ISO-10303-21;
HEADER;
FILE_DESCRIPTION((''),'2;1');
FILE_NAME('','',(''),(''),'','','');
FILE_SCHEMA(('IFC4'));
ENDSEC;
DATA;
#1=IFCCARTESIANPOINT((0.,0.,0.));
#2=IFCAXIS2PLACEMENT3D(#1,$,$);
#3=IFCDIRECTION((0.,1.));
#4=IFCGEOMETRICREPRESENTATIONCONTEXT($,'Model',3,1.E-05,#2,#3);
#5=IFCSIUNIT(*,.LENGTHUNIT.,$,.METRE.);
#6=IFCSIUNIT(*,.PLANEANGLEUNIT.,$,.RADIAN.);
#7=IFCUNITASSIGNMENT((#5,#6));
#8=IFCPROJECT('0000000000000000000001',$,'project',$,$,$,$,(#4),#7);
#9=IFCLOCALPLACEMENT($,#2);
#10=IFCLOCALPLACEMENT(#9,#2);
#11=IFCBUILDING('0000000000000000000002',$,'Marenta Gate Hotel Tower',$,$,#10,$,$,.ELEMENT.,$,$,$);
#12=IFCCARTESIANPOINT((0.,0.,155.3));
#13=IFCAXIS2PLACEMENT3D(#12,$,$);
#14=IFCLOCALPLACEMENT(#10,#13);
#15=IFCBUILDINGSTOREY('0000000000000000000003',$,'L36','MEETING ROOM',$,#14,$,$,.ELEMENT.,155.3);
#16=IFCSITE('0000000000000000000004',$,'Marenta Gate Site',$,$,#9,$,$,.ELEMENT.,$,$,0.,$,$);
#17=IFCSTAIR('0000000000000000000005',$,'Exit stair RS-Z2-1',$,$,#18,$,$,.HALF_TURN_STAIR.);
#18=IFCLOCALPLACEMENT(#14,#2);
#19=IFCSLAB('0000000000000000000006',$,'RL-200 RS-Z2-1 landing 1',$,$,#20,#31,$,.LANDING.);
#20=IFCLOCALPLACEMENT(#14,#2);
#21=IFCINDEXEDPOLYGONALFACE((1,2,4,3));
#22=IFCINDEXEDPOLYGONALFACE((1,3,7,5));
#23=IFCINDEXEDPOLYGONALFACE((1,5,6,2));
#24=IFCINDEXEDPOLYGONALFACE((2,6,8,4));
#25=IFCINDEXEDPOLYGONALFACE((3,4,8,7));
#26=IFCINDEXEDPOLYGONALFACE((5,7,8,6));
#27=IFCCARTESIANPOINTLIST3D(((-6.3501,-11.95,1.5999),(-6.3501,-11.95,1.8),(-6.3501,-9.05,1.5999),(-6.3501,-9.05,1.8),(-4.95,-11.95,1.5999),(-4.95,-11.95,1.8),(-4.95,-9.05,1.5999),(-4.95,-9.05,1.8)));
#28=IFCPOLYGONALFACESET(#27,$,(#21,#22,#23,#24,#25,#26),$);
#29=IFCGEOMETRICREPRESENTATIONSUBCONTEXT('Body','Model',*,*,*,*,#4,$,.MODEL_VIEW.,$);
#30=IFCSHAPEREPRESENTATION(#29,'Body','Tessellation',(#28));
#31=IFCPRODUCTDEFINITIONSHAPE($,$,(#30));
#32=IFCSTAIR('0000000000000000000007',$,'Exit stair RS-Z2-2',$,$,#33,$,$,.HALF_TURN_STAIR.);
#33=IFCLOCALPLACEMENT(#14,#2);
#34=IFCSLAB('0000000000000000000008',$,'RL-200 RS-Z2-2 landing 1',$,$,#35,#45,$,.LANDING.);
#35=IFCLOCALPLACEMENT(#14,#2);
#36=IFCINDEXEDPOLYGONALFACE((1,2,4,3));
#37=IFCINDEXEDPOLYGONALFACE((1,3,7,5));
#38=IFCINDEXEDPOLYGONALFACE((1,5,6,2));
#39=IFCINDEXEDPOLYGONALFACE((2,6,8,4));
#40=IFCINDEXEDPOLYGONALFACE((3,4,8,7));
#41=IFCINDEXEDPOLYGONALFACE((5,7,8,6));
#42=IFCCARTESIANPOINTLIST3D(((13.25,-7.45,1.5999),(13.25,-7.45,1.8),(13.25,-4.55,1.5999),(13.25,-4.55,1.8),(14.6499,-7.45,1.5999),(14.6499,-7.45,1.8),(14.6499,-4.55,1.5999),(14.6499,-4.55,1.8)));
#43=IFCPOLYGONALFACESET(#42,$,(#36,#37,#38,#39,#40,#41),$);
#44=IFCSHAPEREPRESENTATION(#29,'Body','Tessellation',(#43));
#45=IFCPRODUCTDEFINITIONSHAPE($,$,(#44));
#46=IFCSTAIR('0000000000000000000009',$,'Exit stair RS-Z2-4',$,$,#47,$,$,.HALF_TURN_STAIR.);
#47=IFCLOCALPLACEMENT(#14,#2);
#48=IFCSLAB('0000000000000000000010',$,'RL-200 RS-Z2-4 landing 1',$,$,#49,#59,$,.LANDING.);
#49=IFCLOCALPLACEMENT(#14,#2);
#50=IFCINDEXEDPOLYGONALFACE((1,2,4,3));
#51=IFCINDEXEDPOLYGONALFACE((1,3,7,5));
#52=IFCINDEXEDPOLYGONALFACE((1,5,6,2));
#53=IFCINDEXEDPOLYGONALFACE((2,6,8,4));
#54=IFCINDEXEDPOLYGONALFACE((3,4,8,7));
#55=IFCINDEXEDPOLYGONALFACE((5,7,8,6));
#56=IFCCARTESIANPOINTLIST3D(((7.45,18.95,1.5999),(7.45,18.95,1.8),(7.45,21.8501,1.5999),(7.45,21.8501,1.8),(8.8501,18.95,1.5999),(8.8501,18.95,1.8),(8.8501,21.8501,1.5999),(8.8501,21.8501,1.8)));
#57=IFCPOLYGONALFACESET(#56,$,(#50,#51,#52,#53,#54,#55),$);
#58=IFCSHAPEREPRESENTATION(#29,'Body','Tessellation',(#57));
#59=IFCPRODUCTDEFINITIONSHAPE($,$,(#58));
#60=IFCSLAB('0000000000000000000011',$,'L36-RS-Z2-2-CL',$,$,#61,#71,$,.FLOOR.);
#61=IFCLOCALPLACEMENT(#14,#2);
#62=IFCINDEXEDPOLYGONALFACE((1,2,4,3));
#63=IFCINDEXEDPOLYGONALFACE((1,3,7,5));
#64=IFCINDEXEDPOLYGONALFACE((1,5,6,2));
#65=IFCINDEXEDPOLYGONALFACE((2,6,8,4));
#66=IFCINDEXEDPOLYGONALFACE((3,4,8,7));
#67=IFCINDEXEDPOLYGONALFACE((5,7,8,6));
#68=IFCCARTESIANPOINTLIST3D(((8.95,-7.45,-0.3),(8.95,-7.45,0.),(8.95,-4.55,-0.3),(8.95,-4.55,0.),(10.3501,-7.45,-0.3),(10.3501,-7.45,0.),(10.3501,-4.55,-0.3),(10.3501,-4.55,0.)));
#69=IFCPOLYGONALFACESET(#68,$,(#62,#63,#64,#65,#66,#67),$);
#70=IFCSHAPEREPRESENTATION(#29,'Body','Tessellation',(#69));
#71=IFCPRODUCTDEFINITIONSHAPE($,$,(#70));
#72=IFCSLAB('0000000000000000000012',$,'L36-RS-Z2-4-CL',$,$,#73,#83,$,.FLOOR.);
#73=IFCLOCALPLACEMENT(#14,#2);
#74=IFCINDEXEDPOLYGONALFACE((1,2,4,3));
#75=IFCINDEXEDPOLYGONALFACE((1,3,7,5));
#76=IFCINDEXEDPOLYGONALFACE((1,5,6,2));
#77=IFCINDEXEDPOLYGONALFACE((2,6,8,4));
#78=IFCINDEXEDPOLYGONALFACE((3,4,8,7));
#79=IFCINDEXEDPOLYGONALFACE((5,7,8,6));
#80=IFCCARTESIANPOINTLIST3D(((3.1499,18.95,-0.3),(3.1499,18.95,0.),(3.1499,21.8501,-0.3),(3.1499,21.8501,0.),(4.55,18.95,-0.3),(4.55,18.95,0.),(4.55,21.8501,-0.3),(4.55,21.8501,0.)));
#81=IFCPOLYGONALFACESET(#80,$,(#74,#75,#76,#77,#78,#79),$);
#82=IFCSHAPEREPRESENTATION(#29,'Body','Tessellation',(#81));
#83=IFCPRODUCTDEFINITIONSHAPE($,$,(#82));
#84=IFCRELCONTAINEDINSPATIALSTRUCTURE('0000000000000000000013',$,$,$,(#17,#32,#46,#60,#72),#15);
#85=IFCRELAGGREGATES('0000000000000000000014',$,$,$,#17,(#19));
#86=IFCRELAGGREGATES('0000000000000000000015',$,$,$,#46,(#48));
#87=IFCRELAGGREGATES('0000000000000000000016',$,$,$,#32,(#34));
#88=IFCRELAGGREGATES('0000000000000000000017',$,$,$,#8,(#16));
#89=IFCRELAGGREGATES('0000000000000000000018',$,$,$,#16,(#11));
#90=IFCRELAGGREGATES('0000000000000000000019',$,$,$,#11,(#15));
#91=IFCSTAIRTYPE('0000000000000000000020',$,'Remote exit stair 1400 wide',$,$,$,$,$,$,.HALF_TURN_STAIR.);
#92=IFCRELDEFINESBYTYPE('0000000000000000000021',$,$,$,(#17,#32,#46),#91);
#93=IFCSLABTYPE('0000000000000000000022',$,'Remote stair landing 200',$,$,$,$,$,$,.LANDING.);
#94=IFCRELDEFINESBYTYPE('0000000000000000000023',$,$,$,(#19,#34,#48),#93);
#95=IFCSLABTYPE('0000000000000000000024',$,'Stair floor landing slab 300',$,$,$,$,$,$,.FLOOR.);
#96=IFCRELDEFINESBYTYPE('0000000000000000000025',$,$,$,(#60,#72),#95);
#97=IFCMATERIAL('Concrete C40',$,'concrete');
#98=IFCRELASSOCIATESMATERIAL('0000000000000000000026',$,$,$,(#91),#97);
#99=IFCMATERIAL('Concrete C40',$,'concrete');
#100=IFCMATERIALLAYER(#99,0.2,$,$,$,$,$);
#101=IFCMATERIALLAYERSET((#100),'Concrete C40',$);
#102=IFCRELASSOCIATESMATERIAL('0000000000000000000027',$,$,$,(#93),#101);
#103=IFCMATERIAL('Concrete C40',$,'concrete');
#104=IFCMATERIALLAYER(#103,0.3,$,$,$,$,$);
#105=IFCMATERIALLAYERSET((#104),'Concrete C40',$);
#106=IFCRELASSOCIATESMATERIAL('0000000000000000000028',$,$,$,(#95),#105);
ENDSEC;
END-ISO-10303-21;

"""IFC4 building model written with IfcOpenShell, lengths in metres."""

from ifc_helpers import new_model, si_unit, direction, frame, origin, place, context, subcontext, project, spatial, polyline, outline, extrude, material, layer, layer_set, type_object, element, aggregate, save


model = new_model("IFC4")

# Units and contexts
model_context = context("Model", 3, precision=1e-05, world=origin(), true_north=direction((0.0, 1.0)))
body_context = subcontext(model_context, "Body", "Model", "MODEL_VIEW")
ifc_project = project(units=[si_unit("LENGTHUNIT", "METRE"), si_unit("PLANEANGLEUNIT", "RADIAN")], contexts=[model_context])

# Site, building, storey
site_placement = place(None, origin())
site = spatial("IfcSite", under=ifc_project, at=site_placement, Name="Marenta Gate Site", CompositionType="ELEMENT", RefElevation=0.0)
building_placement = place(site_placement, origin())
building = spatial("IfcBuilding", under=site, at=building_placement, Name="Marenta Gate Hotel Tower", CompositionType="ELEMENT")
storey_placement = place(building_placement, frame((0.0, 0.0, 155.3)))
storey = spatial("IfcBuildingStorey", under=building, at=storey_placement, Name="L36", Description="MEETING ROOM", CompositionType="ELEMENT", Elevation=155.3)

# Stairs, slabs
ifc_material_1 = material(Name="Concrete C40", Category="concrete")
stair_type = type_object("IfcStairType", Name="Remote exit stair 1400 wide", PredefinedType="HALF_TURN_STAIR", material=ifc_material_1)
stair_1_placement = place(storey_placement, origin())
stair_1 = element("IfcStair", 1, at=stair_1_placement, inside=storey, type_object=stair_type, Name="Exit stair RS-Z2-1", PredefinedType="HALF_TURN_STAIR")
ifc_material_2 = material(Name="Concrete C40", Category="concrete")
ifc_layer_1 = layer(ifc_material_2, 0.2)
ifc_layer_set_1 = layer_set([ifc_layer_1], Name="Concrete C40")
slab_type_1 = type_object("IfcSlabType", Name="Remote stair landing 200", PredefinedType="LANDING", material=ifc_layer_set_1)
slab_1_placement = place(storey_placement, frame((0.0, 0.0, 1.5999)))
slab_1 = element("IfcSlab", 2, at=slab_1_placement, type_object=slab_type_1, Name="RL-200 RS-Z2-1 landing 1", PredefinedType="LANDING", context=body_context, shape_type="SweptSolid", body=[
    extrude(outline(polyline([(-6.3501, -11.95), (-4.95, -11.95), (-4.95, -9.05), (-6.3501, -9.05), (-6.3501, -11.95)])), origin(), (0.0, 0.0, 1.0), 0.2002),
])
aggregate(stair_1, [slab_1])
stair_2_placement = place(storey_placement, origin())
stair_2 = element("IfcStair", 3, at=stair_2_placement, inside=storey, type_object=stair_type, Name="Exit stair RS-Z2-2", PredefinedType="HALF_TURN_STAIR")
slab_2_placement = place(storey_placement, frame((0.0, 0.0, 1.5999)))
slab_2 = element("IfcSlab", 4, at=slab_2_placement, type_object=slab_type_1, Name="RL-200 RS-Z2-2 landing 1", PredefinedType="LANDING", context=body_context, shape_type="SweptSolid", body=[
    extrude(outline(polyline([(13.25, -7.45), (14.6499, -7.45), (14.6499, -4.55), (13.25, -4.55), (13.25, -7.45)])), origin(), (0.0, 0.0, 1.0), 0.2002),
])
stair_3_placement = place(storey_placement, origin())
stair_3 = element("IfcStair", 5, at=stair_3_placement, inside=storey, type_object=stair_type, Name="Exit stair RS-Z2-4", PredefinedType="HALF_TURN_STAIR")
slab_3_placement = place(storey_placement, frame((0.0, 0.0, 1.5999)))
slab_3 = element("IfcSlab", 6, at=slab_3_placement, type_object=slab_type_1, Name="RL-200 RS-Z2-4 landing 1", PredefinedType="LANDING", context=body_context, shape_type="SweptSolid", body=[
    extrude(outline(polyline([(7.45, 18.95), (8.8501, 18.95), (8.8501, 21.8501), (7.45, 21.8501), (7.45, 18.95)])), origin(), (0.0, 0.0, 1.0), 0.2002),
])
aggregate(stair_3, [slab_3])

# Slabs
ifc_material_3 = material(Name="Concrete C40", Category="concrete")
ifc_layer_2 = layer(ifc_material_3, 0.3)
ifc_layer_set_2 = layer_set([ifc_layer_2], Name="Concrete C40")
slab_type_2 = type_object("IfcSlabType", Name="Stair floor landing slab 300", PredefinedType="FLOOR", material=ifc_layer_set_2)
slab_4_placement = place(storey_placement, frame((0.0, 0.0, -0.3)))
element("IfcSlab", 7, at=slab_4_placement, inside=storey, type_object=slab_type_2, Name="L36-RS-Z2-2-CL", PredefinedType="FLOOR", context=body_context, shape_type="SweptSolid", body=[
    extrude(outline(polyline([(10.3501, -7.45), (10.3501, -4.55), (8.95, -4.55), (8.95, -7.45), (10.3501, -7.45)])), origin(), (0.0, 0.0, 1.0), 0.3),
])
slab_5_placement = place(storey_placement, frame((0.0, 0.0, -0.3)))
element("IfcSlab", 8, at=slab_5_placement, inside=storey, type_object=slab_type_2, Name="L36-RS-Z2-4-CL", PredefinedType="FLOOR", context=body_context, shape_type="SweptSolid", body=[
    extrude(outline(polyline([(4.55, 18.95), (4.55, 21.8501), (3.1499, 21.8501), (3.1499, 18.95), (4.55, 18.95)])), origin(), (0.0, 0.0, 1.0), 0.3),
])

aggregate(stair_2, [slab_2])

save(model, "model.ifc")
